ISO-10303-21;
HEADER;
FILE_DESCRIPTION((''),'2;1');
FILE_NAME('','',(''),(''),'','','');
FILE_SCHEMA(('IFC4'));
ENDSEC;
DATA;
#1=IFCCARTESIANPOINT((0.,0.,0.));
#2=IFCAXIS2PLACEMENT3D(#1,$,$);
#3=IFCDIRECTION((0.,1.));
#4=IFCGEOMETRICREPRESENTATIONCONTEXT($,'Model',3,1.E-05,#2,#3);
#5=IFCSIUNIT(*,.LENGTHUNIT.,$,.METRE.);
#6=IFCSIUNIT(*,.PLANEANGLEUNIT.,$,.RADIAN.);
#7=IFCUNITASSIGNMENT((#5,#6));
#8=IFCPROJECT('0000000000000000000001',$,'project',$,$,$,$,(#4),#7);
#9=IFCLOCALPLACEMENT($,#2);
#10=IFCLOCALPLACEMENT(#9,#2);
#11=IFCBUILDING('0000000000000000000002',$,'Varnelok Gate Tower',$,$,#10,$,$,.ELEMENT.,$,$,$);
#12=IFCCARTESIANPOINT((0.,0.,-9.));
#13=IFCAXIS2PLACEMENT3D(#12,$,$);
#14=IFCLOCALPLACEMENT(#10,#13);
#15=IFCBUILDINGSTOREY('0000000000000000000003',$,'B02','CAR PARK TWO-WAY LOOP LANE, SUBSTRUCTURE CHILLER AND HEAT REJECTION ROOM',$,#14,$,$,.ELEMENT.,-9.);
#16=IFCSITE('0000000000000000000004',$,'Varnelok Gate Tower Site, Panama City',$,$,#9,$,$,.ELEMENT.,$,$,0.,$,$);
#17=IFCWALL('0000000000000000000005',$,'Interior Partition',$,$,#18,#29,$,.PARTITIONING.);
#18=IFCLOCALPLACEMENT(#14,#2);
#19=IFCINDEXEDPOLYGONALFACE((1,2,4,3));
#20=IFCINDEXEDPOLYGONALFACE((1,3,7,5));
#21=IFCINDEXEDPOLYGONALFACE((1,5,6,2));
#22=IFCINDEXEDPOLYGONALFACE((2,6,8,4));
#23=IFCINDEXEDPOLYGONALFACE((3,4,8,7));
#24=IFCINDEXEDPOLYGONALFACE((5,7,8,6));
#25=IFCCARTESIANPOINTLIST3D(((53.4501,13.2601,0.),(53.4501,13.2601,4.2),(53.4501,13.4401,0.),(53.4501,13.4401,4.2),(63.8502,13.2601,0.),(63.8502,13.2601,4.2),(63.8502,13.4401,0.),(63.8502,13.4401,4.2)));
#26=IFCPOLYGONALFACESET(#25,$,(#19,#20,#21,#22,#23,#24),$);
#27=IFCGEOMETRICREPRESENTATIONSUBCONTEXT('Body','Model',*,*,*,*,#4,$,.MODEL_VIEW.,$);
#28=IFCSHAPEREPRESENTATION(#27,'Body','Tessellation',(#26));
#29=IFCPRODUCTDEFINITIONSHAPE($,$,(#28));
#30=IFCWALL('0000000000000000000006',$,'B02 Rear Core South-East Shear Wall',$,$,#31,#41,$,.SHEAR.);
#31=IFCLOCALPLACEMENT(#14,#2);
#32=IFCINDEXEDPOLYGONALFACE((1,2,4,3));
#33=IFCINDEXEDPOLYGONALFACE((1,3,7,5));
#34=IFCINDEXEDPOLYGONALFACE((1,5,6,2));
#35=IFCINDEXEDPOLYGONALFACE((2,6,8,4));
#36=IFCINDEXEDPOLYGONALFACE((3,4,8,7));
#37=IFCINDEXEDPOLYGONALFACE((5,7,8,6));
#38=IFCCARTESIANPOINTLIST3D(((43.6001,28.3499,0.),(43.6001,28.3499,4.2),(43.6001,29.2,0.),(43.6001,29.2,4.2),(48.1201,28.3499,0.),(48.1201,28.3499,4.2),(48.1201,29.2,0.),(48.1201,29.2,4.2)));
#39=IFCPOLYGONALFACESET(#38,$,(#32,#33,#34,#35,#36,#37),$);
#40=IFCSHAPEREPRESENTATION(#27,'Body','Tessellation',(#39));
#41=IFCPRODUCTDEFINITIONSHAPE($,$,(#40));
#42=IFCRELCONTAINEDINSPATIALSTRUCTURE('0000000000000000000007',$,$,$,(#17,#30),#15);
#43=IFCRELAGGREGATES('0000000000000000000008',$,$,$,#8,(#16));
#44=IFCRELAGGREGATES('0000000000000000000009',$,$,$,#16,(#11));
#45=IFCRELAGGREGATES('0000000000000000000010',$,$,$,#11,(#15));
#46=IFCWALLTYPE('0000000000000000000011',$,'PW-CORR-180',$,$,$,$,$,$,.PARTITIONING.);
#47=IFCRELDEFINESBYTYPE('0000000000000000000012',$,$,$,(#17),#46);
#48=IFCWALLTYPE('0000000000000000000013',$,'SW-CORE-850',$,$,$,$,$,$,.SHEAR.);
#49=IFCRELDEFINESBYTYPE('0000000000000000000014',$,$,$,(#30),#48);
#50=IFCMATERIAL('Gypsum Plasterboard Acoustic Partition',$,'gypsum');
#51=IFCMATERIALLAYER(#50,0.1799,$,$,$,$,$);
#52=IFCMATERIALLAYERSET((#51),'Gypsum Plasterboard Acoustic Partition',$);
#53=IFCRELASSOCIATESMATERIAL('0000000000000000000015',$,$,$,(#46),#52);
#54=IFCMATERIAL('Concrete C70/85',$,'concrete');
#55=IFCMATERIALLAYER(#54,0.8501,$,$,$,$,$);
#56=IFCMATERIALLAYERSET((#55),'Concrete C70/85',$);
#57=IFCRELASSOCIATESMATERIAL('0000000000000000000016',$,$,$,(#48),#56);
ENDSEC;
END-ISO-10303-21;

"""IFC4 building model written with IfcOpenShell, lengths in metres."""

from ifc_helpers import new_model, si_unit, direction, frame, frame_2d, origin, place, context, subcontext, project, spatial, rectangle, extrude, material, layer, layer_set, type_object, element, save


model = new_model("IFC4")

# Units and contexts
model_context = context("Model", 3, precision=1e-05, world=origin(), true_north=direction((0.0, 1.0)))
body_context = subcontext(model_context, "Body", "Model", "MODEL_VIEW")
ifc_project = project(units=[si_unit("LENGTHUNIT", "METRE"), si_unit("PLANEANGLEUNIT", "RADIAN")], contexts=[model_context])

# Site, building, storey
site_placement = place(None, origin())
site = spatial("IfcSite", under=ifc_project, at=site_placement, Name="Varnelok Gate Tower Site, Panama City", CompositionType="ELEMENT", RefElevation=0.0)
building_placement = place(site_placement, origin())
building = spatial("IfcBuilding", under=site, at=building_placement, Name="Varnelok Gate Tower", CompositionType="ELEMENT")
storey_placement = place(building_placement, frame((0.0, 0.0, -9.0)))
storey = spatial("IfcBuildingStorey", under=building, at=storey_placement, Name="B02", Description="CAR PARK TWO-WAY LOOP LANE, SUBSTRUCTURE CHILLER AND HEAT REJECTION ROOM", CompositionType="ELEMENT", Elevation=-9.0)

# Shared definitions
ifc_material_1 = material(Name="Concrete C70/85", Category="concrete")

# Walls
ifc_material_2 = material(Name="Gypsum Plasterboard Acoustic Partition", Category="gypsum")
ifc_layer_1 = layer(ifc_material_2, 0.1799)
ifc_layer_set_1 = layer_set([ifc_layer_1], Name="Gypsum Plasterboard Acoustic Partition")
wall_type_1 = type_object("IfcWallType", Name="PW-CORR-180", PredefinedType="PARTITIONING", material=ifc_layer_set_1)
wall_1_placement = place(storey_placement, frame((53.45, 13.3501, 0.0), z_axis=(0.0, 0.0, 1.0), x_axis=(1.0, 0.0, 0.0)))
element("IfcWall", 1, at=wall_1_placement, inside=storey, type_object=wall_type_1, Name="Interior Partition", PredefinedType="PARTITIONING", context=body_context, shape_type="SweptSolid", body=[
    extrude(rectangle(XDim=10.4001, YDim=0.1799, at=frame_2d((5.2002, 0.0))), origin(), (0.0, 0.0, 1.0), 4.2),
])
ifc_layer_2 = layer(ifc_material_1, 0.8501)
ifc_layer_set_2 = layer_set([ifc_layer_2], Name="Concrete C70/85")
wall_type_2 = type_object("IfcWallType", Name="SW-CORE-850", PredefinedType="SHEAR", material=ifc_layer_set_2)
wall_2_placement = place(storey_placement, frame((43.6001, 28.7749, 0.0), z_axis=(0.0, 0.0, 1.0), x_axis=(1.0, 0.0, 0.0)))
element("IfcWall", 2, at=wall_2_placement, inside=storey, type_object=wall_type_2, Name="B02 Rear Core South-East Shear Wall", PredefinedType="SHEAR", context=body_context, shape_type="SweptSolid", body=[
    extrude(rectangle(XDim=4.52, YDim=0.8501, at=frame_2d((2.26, 0.0))), origin(), (0.0, 0.0, 1.0), 4.2),
])

save(model, "model.ifc")
